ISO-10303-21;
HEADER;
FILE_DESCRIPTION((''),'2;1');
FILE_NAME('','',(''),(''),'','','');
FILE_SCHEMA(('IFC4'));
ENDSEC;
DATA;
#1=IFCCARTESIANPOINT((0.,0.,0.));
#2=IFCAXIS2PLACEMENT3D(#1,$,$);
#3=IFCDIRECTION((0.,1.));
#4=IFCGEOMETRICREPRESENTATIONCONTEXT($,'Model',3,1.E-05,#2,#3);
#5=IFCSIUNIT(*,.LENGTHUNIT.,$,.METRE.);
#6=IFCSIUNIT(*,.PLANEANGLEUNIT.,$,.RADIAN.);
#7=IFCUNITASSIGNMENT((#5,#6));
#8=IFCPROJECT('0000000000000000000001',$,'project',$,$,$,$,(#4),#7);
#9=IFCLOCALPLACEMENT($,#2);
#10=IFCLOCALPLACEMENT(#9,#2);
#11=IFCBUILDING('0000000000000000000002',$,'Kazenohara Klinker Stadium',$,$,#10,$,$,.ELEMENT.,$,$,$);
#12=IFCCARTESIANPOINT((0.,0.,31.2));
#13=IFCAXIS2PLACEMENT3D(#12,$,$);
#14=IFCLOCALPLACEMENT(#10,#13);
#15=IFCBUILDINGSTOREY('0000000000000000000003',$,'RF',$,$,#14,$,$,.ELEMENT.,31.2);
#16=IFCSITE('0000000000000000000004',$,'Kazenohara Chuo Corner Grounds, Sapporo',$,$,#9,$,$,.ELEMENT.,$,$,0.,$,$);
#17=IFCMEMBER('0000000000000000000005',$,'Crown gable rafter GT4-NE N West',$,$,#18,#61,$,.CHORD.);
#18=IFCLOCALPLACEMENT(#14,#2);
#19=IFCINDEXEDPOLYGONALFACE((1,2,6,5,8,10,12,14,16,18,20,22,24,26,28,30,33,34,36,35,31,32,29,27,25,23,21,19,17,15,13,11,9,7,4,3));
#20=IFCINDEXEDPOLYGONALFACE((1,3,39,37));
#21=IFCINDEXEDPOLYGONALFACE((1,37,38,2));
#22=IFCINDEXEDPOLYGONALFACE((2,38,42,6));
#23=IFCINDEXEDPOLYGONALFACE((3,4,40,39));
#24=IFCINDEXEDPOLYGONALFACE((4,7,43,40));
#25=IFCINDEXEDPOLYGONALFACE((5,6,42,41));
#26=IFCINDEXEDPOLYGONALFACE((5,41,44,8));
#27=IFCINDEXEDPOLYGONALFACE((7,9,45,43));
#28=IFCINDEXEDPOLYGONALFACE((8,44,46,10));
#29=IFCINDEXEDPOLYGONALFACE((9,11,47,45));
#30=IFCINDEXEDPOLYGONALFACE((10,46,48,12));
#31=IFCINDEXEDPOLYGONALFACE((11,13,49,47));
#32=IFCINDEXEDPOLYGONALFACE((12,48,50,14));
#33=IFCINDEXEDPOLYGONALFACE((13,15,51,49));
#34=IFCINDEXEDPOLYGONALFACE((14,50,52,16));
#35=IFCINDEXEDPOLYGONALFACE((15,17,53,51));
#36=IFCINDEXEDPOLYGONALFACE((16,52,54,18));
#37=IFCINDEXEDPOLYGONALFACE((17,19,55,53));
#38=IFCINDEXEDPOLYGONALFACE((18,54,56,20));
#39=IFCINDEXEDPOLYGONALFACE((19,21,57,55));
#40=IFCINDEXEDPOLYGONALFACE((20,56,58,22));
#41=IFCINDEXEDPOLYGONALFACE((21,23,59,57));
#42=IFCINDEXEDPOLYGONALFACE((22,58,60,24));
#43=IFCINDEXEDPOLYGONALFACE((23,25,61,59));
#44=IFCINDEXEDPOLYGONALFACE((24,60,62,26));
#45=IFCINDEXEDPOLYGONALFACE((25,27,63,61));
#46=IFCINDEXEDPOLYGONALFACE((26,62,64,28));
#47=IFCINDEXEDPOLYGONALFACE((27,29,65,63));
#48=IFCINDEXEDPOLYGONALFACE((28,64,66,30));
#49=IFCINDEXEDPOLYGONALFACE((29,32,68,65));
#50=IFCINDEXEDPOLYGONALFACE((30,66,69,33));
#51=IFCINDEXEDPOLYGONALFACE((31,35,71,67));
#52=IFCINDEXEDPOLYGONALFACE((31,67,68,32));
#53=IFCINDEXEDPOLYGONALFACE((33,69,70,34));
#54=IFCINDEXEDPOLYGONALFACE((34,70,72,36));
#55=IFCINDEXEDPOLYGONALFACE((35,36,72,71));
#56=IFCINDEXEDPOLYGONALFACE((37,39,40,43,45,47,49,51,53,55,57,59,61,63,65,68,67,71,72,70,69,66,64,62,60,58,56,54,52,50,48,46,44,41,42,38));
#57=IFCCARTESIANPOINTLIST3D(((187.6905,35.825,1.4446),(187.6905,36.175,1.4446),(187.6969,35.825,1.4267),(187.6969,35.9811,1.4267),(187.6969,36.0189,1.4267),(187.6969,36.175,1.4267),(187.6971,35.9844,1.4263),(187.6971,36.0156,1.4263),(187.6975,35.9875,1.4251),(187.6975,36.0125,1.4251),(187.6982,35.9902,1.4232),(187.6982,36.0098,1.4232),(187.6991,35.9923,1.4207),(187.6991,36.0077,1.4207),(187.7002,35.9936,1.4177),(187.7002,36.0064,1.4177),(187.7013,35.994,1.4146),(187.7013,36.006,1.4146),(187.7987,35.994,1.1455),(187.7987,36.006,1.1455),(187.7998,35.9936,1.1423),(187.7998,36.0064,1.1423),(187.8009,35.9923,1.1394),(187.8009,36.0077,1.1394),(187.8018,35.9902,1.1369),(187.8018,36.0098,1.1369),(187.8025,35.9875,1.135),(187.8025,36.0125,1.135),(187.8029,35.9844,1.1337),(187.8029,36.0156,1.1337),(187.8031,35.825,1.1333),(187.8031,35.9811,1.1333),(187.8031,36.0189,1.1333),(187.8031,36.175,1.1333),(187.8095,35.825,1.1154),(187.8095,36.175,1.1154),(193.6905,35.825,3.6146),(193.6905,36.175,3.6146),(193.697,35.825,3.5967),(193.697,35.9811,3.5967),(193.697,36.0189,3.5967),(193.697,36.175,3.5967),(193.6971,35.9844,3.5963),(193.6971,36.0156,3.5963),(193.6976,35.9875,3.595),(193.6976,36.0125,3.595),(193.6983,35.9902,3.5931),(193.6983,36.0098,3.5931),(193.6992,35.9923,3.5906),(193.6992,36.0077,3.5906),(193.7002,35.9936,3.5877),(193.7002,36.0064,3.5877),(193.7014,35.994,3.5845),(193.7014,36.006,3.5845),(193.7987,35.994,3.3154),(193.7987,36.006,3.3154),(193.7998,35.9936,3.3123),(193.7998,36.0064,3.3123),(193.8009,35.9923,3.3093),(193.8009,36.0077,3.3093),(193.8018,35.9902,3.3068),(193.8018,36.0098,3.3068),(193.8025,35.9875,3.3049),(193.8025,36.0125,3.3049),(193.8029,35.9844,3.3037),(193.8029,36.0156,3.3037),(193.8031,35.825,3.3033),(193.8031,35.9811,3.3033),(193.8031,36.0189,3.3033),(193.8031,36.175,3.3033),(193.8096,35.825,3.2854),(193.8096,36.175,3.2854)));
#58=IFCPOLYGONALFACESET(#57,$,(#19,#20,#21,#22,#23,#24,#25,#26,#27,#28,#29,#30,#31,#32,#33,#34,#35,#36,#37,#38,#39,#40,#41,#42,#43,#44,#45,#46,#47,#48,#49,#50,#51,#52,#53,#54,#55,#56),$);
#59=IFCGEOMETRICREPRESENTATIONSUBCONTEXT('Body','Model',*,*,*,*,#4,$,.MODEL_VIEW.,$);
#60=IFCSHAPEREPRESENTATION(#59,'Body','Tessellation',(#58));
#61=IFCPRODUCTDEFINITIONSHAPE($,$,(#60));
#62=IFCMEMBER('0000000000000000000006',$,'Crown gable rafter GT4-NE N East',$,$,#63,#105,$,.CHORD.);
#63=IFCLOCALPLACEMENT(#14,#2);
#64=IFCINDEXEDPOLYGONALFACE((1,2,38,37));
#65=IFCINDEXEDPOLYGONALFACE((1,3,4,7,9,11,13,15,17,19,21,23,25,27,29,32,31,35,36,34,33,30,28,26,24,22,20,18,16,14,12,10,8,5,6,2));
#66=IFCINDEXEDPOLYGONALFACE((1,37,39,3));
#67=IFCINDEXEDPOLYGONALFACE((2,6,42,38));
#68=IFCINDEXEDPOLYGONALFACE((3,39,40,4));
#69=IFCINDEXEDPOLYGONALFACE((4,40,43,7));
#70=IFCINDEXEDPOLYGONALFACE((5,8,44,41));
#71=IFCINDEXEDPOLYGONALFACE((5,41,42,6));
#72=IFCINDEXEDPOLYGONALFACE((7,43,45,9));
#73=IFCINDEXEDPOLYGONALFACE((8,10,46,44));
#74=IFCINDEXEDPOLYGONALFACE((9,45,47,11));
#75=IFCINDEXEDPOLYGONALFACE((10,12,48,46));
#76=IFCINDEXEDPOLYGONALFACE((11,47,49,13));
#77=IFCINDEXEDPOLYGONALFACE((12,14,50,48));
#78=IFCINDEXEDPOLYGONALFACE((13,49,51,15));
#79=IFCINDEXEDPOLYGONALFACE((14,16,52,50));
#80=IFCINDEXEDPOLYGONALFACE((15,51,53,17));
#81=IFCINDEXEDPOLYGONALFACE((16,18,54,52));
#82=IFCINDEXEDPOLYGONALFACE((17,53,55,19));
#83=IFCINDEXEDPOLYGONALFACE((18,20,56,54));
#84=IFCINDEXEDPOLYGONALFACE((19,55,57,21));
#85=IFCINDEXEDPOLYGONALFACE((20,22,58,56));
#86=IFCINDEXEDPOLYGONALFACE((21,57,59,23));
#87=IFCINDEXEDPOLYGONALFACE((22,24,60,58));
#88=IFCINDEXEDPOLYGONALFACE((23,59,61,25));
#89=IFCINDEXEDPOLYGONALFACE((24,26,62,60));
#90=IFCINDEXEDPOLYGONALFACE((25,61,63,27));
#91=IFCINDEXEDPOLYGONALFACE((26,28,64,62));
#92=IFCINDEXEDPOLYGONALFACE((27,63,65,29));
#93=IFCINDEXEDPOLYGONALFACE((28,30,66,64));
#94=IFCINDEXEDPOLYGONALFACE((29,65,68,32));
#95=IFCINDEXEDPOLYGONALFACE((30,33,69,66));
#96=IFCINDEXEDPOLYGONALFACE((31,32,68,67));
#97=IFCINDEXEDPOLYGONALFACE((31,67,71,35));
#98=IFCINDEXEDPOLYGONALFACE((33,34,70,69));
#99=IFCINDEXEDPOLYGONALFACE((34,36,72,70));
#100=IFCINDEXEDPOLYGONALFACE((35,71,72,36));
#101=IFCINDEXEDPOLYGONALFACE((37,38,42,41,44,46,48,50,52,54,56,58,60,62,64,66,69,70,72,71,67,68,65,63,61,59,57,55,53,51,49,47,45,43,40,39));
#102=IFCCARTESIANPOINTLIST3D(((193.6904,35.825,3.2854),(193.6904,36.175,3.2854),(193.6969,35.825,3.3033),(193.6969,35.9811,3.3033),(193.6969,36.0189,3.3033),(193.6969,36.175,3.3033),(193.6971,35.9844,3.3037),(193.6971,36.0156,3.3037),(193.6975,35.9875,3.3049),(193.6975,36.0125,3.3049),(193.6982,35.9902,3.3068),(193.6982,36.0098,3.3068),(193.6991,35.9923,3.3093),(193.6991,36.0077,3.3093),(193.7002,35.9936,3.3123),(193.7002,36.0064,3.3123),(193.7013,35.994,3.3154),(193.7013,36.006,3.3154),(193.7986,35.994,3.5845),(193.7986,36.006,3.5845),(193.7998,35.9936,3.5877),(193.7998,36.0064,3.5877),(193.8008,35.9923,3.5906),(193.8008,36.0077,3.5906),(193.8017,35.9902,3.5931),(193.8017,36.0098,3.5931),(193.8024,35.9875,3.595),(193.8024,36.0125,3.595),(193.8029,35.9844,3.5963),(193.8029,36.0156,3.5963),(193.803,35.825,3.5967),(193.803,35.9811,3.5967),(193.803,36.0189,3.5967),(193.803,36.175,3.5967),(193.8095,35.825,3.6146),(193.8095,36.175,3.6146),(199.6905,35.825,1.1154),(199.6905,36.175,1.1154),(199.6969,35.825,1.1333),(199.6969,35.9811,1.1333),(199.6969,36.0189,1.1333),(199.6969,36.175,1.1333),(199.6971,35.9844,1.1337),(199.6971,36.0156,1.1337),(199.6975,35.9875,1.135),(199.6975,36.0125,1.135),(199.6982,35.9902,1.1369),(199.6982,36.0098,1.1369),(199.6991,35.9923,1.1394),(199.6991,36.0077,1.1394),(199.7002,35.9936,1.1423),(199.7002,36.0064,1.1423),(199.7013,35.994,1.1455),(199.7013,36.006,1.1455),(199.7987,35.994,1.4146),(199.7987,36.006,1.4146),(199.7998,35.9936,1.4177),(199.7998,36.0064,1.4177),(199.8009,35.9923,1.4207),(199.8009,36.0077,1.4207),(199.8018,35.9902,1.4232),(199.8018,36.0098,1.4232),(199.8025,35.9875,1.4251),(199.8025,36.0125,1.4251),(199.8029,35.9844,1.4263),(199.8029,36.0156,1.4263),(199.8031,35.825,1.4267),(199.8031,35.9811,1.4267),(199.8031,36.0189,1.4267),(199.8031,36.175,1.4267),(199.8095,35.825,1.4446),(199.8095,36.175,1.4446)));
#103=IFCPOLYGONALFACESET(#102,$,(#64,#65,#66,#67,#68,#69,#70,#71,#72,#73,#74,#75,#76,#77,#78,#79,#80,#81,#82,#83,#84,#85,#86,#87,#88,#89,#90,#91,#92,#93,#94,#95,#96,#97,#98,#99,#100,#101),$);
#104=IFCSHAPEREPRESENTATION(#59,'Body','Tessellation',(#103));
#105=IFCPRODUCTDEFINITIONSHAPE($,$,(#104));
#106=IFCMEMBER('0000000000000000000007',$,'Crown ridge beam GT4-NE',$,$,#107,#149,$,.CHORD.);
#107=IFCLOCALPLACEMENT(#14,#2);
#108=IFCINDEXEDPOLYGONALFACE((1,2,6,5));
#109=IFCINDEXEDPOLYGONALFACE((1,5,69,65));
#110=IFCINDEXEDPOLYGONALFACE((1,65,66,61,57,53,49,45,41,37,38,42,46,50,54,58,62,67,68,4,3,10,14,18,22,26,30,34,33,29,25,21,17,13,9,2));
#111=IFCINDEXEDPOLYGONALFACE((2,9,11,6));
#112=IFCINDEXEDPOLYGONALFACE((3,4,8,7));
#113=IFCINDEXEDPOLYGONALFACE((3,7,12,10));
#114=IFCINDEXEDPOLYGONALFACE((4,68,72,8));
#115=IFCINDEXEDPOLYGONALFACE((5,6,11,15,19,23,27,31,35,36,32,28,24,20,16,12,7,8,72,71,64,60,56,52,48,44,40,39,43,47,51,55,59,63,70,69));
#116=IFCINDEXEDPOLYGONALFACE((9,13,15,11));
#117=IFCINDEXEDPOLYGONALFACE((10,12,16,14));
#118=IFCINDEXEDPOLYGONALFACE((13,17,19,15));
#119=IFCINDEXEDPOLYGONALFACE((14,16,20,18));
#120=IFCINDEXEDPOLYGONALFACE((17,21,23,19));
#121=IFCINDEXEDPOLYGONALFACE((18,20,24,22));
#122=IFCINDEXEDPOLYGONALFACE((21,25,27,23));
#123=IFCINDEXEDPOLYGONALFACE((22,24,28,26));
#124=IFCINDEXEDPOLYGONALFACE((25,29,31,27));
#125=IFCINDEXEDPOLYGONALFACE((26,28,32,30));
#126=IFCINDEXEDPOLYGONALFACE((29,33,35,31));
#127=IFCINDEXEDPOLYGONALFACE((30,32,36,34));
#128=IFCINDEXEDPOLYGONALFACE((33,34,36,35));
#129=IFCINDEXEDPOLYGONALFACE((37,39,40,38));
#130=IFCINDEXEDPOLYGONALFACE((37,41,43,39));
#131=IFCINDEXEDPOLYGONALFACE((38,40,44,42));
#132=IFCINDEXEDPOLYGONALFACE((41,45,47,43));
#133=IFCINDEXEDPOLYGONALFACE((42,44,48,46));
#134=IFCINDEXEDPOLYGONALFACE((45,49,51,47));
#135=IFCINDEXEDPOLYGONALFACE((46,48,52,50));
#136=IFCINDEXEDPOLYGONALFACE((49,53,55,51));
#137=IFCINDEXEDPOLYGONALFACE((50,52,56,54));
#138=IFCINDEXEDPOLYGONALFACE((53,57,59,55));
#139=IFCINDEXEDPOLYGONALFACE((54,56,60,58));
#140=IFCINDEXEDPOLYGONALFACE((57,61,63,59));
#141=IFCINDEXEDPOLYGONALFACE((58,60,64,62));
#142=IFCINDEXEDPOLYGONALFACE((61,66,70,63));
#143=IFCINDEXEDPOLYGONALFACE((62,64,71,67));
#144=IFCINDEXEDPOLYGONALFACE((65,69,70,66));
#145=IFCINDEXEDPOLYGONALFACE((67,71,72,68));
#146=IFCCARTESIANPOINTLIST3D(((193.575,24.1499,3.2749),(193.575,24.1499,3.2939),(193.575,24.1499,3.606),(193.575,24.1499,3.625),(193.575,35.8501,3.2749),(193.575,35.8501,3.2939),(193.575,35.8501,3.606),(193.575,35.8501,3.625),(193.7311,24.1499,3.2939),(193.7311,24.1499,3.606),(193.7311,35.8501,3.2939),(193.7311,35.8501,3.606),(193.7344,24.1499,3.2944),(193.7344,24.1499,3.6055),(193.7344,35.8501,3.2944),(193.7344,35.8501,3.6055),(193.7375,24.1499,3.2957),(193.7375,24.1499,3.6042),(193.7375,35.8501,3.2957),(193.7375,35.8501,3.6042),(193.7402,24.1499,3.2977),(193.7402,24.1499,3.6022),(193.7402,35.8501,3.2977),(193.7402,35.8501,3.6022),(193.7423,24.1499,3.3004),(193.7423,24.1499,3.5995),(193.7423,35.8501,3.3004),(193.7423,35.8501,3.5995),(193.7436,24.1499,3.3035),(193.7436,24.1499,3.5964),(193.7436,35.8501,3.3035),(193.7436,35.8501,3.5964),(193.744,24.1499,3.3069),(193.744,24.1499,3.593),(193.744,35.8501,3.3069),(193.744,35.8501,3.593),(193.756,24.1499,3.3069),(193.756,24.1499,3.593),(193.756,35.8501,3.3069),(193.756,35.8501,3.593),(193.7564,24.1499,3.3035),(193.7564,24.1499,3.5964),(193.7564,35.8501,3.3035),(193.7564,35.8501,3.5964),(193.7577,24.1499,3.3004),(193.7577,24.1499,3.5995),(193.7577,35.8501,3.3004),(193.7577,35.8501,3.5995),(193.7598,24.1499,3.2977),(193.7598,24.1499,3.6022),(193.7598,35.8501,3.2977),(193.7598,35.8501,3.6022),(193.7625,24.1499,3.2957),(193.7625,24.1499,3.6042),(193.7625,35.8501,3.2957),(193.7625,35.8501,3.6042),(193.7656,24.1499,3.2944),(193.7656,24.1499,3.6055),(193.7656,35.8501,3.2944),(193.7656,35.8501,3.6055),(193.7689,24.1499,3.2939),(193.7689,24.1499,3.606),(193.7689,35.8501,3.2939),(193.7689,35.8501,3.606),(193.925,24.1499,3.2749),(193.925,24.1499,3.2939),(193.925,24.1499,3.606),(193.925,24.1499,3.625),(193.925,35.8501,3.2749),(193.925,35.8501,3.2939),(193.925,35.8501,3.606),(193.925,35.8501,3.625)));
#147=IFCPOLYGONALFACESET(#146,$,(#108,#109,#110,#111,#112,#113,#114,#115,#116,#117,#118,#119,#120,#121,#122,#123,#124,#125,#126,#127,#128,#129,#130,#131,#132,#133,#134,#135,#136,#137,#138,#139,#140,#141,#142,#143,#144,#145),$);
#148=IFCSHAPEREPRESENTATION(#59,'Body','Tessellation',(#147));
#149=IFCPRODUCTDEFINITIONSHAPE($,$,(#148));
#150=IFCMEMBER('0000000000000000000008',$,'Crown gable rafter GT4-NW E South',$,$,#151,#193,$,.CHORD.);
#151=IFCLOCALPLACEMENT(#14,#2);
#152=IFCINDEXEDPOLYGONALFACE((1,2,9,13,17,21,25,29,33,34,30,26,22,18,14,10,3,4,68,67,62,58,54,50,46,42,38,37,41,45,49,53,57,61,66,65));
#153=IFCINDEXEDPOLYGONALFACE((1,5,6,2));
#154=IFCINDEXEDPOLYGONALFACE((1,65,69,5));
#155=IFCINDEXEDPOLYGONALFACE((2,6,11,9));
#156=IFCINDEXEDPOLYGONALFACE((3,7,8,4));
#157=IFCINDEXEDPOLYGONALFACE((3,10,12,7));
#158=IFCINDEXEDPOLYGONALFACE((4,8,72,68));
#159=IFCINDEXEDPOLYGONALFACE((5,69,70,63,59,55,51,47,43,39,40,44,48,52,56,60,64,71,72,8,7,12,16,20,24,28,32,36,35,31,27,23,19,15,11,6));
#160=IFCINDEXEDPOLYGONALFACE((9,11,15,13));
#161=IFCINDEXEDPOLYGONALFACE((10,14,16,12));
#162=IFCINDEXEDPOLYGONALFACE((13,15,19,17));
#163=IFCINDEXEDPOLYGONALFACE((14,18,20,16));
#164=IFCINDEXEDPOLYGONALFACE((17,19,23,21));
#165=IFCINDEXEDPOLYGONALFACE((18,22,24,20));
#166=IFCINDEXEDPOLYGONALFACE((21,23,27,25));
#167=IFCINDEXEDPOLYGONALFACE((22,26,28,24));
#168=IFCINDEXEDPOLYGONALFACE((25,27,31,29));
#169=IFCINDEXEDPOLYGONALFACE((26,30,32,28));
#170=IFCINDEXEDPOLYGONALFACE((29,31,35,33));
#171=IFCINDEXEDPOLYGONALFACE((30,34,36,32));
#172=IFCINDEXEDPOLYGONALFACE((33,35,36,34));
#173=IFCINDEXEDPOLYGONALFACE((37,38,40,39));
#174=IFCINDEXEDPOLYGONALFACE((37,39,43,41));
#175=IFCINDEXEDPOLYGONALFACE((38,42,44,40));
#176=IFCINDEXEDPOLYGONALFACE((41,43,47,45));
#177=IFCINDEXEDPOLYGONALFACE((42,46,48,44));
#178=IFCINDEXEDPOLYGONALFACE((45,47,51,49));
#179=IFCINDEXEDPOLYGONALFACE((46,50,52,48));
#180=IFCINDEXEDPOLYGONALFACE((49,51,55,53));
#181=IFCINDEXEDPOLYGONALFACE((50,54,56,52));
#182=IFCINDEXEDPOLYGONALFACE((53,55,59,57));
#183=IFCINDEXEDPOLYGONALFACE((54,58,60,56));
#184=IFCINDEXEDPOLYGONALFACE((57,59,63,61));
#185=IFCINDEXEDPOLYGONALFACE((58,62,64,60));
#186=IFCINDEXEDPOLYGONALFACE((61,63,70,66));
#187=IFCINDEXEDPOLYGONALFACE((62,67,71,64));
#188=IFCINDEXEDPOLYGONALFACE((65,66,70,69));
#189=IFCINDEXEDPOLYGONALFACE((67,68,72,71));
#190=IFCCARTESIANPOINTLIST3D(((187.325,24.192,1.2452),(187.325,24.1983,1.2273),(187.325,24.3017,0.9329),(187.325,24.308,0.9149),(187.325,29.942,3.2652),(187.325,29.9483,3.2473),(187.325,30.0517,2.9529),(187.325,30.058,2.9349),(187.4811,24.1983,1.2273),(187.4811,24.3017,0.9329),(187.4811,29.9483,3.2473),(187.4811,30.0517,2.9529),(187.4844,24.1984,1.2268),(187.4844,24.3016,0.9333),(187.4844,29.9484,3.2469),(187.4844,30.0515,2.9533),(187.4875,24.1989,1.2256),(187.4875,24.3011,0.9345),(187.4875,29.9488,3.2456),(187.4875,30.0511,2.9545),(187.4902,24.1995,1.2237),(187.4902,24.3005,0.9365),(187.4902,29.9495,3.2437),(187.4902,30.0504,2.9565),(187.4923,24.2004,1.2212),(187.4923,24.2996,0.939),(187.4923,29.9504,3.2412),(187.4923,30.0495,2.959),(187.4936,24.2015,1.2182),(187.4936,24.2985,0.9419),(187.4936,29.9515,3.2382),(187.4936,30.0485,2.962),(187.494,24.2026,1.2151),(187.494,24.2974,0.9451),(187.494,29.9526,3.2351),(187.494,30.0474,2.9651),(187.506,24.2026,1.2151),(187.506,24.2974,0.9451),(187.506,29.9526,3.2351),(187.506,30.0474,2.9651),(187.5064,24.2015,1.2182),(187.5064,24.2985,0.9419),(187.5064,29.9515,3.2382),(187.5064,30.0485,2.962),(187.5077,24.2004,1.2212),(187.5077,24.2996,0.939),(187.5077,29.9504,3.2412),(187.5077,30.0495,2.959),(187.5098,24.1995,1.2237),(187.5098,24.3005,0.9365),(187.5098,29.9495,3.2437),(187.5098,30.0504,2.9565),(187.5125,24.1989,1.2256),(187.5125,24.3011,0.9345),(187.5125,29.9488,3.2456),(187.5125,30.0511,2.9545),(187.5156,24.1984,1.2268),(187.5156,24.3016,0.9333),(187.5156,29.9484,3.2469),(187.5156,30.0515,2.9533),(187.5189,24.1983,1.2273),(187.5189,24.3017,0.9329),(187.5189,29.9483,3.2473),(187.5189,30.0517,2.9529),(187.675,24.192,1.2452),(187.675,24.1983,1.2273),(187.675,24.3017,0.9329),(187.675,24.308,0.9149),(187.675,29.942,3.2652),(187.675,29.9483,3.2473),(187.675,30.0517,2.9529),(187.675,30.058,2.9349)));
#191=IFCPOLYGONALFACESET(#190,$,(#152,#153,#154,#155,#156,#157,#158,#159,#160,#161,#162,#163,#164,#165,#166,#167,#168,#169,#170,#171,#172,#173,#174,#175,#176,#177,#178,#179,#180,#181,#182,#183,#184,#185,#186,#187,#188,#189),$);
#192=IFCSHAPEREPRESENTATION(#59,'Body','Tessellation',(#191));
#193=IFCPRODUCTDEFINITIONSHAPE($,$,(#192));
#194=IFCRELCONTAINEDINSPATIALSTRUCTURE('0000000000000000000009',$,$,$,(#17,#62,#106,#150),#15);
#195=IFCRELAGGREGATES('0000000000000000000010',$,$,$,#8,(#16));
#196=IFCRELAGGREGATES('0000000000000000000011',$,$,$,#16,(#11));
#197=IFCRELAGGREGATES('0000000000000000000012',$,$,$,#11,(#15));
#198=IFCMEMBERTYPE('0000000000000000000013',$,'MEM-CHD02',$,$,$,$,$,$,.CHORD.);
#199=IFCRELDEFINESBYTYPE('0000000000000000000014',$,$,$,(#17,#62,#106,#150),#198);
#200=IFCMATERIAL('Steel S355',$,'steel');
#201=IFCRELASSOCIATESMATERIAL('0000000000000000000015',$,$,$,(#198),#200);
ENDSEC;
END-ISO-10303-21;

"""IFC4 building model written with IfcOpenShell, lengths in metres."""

from ifc_helpers import new_model, si_unit, direction, frame, origin, origin_2d, place, context, subcontext, project, spatial, i_section, extrude, material, material_profile, profile_set, type_object, element, save


model = new_model("IFC4")

# Units and contexts
model_context = context("Model", 3, precision=1e-05, world=origin(), true_north=direction((0.0, 1.0)))
body_context = subcontext(model_context, "Body", "Model", "MODEL_VIEW")
ifc_project = project(units=[si_unit("LENGTHUNIT", "METRE"), si_unit("PLANEANGLEUNIT", "RADIAN")], contexts=[model_context])

# Site, building, storey
site_placement = place(None, origin())
site = spatial("IfcSite", under=ifc_project, at=site_placement, Name="Kazenohara Chuo Corner Grounds, Sapporo", CompositionType="ELEMENT", RefElevation=0.0)
building_placement = place(site_placement, origin())
building = spatial("IfcBuilding", under=site, at=building_placement, Name="Kazenohara Klinker Stadium", CompositionType="ELEMENT")
storey_placement = place(building_placement, frame((0.0, 0.0, 31.2)))
storey = spatial("IfcBuildingStorey", under=building, at=storey_placement, Name="RF", CompositionType="ELEMENT", Elevation=31.2)

# Members
ifc_material_1 = material(Name="Steel S355", Category="steel")
ifc_material_profile_1 = material_profile(ifc_material_1, i_section(OverallWidth=0.3501, OverallDepth=0.3501, WebThickness=0.012, FlangeThickness=0.019, FilletRadius=0.0129, at=origin_2d()), Name="H-350x350x12x19")
ifc_profile_set_1 = profile_set([ifc_material_profile_1], Name="Steel S355")
member_type_1 = type_object("IfcMemberType", Name="MEM-CHD02", PredefinedType="CHORD", material=ifc_profile_set_1)
for number, where, z_axis, x_axis, name in (
    (1, (187.75, 36.0, 1.28), (0.940391, 0.0, 0.340096), (0.0, 1.0, 0.0), "Crown gable rafter GT4-NE N West"),
    (2, (199.75, 36.0, 1.28), (-0.940391, 0.0, 0.340096), (0.0, -1.0, 0.0), "Crown gable rafter GT4-NE N East"),
):
    element("IfcMember", number, at=place(storey_placement, frame(where, z_axis=z_axis, x_axis=x_axis)), inside=storey, type_object=member_type_1, Name=name, PredefinedType="CHORD", context=body_context, shape_type="SweptSolid", body=[
        extrude(i_section(OverallWidth=0.3501, OverallDepth=0.3501, WebThickness=0.012, FlangeThickness=0.019, FilletRadius=0.0129, at=origin_2d()), origin(), (0.0, 0.0, 1.0), 6.3804),
    ])
member_1_placement = place(storey_placement, frame((193.75, 24.1499, 3.45), z_axis=(0.0, 1.0, 0.0), x_axis=(-1.0, 0.0, 0.0)))
element("IfcMember", 3, at=member_1_placement, inside=storey, type_object=member_type_1, Name="Crown ridge beam GT4-NE", PredefinedType="CHORD", context=body_context, shape_type="SweptSolid", body=[
    extrude(i_section(OverallWidth=0.3501, OverallDepth=0.3501, WebThickness=0.012, FlangeThickness=0.019, FilletRadius=0.0129, at=origin_2d()), origin(), (0.0, 0.0, 1.0), 11.7002),
])
for number, where, z_axis, x_axis, name in (
    (4, (187.5, 24.25, 1.0801), (0.0, 0.943473, 0.331449), (-1.0, 0.0, 0.0), "Crown gable rafter GT4-NW E South"),
):
    element("IfcMember", number, at=place(storey_placement, frame(where, z_axis=z_axis, x_axis=x_axis)), inside=storey, type_object=member_type_1, Name=name, PredefinedType="CHORD", context=body_context, shape_type="SweptSolid", body=[
        extrude(i_section(OverallWidth=0.3501, OverallDepth=0.3501, WebThickness=0.012, FlangeThickness=0.019, FilletRadius=0.0129, at=origin_2d()), origin(), (0.0, 0.0, 1.0), 6.0945),
    ])

save(model, "model.ifc")
